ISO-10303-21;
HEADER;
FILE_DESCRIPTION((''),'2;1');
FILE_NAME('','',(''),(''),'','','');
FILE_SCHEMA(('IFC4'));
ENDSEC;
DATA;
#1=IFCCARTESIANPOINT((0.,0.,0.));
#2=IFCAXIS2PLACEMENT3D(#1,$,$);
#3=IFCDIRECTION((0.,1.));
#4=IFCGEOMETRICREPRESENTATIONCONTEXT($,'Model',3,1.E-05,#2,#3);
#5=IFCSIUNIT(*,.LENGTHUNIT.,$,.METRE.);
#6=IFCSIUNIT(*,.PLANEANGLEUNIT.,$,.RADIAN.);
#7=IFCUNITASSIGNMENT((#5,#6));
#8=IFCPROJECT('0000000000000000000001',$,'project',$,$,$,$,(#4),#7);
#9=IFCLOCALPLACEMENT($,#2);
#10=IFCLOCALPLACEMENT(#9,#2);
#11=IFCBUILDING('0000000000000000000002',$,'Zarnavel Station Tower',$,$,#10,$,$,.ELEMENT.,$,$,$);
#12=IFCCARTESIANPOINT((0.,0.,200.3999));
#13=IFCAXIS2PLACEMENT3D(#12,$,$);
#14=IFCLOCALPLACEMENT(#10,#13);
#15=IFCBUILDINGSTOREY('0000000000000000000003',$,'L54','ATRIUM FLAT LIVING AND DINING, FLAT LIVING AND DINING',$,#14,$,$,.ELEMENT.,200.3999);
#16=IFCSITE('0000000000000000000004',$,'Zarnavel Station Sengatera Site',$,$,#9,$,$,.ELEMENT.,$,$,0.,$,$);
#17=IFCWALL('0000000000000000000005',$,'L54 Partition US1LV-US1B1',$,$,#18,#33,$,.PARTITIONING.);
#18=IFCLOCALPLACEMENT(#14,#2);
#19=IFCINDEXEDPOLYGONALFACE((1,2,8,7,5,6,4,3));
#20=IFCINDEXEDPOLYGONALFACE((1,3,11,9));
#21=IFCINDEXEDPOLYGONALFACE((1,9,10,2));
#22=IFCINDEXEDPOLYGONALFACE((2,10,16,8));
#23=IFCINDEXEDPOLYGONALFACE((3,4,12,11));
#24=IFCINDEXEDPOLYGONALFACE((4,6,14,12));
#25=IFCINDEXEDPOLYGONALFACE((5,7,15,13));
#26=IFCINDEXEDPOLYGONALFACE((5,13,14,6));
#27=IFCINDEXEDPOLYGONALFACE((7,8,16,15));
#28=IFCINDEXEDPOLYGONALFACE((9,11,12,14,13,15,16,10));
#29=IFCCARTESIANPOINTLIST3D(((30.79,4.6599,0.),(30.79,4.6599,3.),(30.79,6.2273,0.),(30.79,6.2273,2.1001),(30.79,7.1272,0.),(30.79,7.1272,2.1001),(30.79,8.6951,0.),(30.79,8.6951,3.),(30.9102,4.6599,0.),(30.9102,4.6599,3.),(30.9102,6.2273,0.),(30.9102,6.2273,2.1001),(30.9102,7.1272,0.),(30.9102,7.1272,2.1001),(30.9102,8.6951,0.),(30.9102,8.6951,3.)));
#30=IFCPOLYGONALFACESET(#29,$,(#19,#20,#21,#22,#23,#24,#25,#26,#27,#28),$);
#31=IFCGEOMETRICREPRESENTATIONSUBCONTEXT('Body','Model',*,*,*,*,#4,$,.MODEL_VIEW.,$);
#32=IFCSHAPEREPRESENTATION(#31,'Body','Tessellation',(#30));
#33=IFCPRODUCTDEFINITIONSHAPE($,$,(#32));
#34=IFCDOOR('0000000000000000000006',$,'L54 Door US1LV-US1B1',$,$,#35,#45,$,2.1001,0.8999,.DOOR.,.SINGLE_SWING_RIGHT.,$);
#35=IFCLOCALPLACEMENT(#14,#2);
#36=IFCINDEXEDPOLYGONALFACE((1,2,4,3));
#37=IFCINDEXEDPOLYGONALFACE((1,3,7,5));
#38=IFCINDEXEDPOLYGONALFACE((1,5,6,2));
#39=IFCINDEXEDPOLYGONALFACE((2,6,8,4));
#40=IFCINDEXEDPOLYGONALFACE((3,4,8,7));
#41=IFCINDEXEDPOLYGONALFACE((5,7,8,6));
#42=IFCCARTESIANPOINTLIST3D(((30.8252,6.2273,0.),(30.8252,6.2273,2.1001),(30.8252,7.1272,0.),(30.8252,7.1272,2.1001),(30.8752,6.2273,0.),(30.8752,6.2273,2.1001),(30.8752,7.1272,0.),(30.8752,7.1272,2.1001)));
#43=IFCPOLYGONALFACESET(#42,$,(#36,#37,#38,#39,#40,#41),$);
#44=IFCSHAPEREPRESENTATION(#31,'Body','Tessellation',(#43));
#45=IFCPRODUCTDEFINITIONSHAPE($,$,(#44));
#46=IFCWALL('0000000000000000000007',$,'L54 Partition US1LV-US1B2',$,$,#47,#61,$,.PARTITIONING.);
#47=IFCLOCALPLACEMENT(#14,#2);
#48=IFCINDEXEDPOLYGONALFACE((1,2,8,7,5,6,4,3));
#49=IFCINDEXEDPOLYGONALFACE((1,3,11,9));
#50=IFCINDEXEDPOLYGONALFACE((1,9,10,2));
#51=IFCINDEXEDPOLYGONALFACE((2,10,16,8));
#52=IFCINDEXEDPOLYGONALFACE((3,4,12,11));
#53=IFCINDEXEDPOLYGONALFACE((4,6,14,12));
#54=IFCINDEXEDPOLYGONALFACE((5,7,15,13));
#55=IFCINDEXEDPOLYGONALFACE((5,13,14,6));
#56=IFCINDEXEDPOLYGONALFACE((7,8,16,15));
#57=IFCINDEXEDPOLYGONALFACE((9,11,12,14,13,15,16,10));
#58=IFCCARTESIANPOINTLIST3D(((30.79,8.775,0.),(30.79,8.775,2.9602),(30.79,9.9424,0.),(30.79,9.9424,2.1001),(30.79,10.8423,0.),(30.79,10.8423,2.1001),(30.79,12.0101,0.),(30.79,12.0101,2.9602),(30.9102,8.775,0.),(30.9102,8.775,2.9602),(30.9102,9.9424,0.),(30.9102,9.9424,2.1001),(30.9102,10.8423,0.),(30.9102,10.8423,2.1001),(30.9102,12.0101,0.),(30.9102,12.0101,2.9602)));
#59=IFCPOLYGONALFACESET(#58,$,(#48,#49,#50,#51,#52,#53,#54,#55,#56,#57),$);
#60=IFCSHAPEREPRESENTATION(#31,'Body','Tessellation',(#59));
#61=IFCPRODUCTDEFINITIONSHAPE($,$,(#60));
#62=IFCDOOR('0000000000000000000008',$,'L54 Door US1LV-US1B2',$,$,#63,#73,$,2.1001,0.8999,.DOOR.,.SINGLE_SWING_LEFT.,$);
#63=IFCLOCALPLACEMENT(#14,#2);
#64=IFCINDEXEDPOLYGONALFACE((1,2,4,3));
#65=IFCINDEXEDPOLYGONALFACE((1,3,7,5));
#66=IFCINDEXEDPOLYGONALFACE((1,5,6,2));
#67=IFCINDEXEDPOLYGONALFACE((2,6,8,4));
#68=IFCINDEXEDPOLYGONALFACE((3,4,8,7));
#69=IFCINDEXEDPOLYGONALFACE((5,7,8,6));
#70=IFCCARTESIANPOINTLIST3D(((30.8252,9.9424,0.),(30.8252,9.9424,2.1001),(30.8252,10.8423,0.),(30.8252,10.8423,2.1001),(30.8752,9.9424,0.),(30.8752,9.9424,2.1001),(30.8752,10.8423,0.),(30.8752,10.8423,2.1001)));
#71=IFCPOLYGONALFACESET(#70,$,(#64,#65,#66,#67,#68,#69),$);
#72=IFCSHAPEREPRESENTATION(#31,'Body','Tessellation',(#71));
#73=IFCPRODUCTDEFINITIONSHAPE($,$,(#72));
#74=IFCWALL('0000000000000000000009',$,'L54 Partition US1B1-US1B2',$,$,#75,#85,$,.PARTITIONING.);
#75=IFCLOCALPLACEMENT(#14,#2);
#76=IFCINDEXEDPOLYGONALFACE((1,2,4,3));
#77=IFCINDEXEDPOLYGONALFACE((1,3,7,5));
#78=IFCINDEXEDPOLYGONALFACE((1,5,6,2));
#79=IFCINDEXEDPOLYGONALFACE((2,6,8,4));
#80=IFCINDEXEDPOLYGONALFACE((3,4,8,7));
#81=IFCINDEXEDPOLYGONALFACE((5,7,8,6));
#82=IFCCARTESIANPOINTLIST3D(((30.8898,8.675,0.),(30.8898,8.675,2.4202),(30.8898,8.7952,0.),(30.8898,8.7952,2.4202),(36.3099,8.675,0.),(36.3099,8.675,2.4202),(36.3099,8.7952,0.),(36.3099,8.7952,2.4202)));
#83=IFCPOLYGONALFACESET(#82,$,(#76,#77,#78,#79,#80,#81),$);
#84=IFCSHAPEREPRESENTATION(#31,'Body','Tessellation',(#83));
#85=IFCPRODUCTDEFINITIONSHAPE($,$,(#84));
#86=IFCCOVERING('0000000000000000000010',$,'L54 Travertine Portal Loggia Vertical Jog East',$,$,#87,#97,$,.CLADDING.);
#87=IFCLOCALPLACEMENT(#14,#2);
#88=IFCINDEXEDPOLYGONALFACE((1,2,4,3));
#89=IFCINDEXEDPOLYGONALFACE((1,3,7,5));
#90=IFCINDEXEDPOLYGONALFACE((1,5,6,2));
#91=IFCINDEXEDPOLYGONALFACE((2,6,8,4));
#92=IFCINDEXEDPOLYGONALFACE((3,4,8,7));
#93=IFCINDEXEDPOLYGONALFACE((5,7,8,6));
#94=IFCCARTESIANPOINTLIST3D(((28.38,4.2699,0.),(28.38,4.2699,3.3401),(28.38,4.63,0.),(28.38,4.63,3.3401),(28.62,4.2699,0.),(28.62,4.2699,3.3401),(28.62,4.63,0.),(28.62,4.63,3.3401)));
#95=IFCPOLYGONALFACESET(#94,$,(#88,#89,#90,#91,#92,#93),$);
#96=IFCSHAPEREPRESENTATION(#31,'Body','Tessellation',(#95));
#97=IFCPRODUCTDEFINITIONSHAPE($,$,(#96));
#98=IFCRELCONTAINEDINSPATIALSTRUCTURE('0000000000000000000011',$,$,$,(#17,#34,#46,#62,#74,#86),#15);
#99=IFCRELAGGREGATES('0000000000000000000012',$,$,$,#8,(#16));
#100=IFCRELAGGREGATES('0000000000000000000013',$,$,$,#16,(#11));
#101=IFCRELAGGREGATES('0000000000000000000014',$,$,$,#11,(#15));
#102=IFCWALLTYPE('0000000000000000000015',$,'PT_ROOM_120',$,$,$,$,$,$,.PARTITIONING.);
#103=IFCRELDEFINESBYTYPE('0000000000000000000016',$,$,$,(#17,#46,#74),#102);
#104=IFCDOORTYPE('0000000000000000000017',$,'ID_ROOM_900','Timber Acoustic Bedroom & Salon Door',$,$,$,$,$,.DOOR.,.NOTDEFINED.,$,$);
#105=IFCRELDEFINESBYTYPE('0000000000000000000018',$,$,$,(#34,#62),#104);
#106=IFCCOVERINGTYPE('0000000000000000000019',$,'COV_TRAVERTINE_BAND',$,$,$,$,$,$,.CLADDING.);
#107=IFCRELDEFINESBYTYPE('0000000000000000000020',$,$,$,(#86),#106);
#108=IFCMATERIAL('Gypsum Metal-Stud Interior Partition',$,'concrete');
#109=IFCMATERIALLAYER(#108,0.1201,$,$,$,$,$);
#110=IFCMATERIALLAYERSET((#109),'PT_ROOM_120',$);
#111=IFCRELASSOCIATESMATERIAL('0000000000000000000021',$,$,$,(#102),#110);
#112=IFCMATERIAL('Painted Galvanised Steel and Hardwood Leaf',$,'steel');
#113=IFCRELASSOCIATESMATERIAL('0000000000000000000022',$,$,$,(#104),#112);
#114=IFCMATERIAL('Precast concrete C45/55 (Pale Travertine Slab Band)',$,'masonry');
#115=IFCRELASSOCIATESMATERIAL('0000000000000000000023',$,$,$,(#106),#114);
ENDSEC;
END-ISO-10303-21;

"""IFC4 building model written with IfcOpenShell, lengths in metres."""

from ifc_helpers import new_model, si_unit, direction, frame, frame_2d, origin, origin_2d, place, context, subcontext, project, spatial, rectangle, extrude, material, layer, layer_set, type_object, element, fill, save


model = new_model("IFC4")

# Units and contexts
model_context = context("Model", 3, precision=1e-05, world=origin(), true_north=direction((0.0, 1.0)))
body_context = subcontext(model_context, "Body", "Model", "MODEL_VIEW")
ifc_project = project(units=[si_unit("LENGTHUNIT", "METRE"), si_unit("PLANEANGLEUNIT", "RADIAN")], contexts=[model_context])

# Site, building, storey
site_placement = place(None, origin())
site = spatial("IfcSite", under=ifc_project, at=site_placement, Name="Zarnavel Station Sengatera Site", CompositionType="ELEMENT", RefElevation=0.0)
building_placement = place(site_placement, origin())
building = spatial("IfcBuilding", under=site, at=building_placement, Name="Zarnavel Station Tower", CompositionType="ELEMENT")
storey_placement = place(building_placement, frame((0.0, 0.0, 200.3999)))
storey = spatial("IfcBuildingStorey", under=building, at=storey_placement, Name="L54", Description="ATRIUM FLAT LIVING AND DINING, FLAT LIVING AND DINING", CompositionType="ELEMENT", Elevation=200.3999)

# Walls, openings, doors
ifc_material_1 = material(Name="Gypsum Metal-Stud Interior Partition", Category="concrete")
ifc_layer_1 = layer(ifc_material_1, 0.1201)
ifc_layer_set_1 = layer_set([ifc_layer_1], Name="PT_ROOM_120")
wall_type_1 = type_object("IfcWallType", Name="PT_ROOM_120", PredefinedType="PARTITIONING", material=ifc_layer_set_1)
wall_1_placement = place(storey_placement, frame((30.8501, 4.6599, 0.0), z_axis=(0.0, 0.0, 1.0), x_axis=(0.0, 1.0, 0.0)))
wall_1 = element("IfcWall", 1, at=wall_1_placement, inside=storey, type_object=wall_type_1, Name="L54 Partition US1LV-US1B1", PredefinedType="PARTITIONING", context=body_context, shape_type="SweptSolid", body=[
    extrude(rectangle(XDim=4.0352, YDim=0.1201, at=frame_2d((2.0176, 0.0))), origin(), (0.0, 0.0, 1.0), 3.0),
])
opening_1_placement = place(wall_1_placement, frame((1.5674, 0.0, 0.0)))
opening_1 = element("IfcOpeningElement", 2, at=opening_1_placement, cuts=wall_1, PredefinedType="OPENING", context=body_context, shape_type="SweptSolid", body=[
    extrude(rectangle(XDim=0.8999, YDim=2.1001, at=frame_2d((0.45, 1.05))), frame((0.0, 0.0701, 0.0), z_axis=(0.0, -1.0, 0.0), x_axis=(1.0, 0.0, 0.0)), (0.0, 0.0, 1.0), 0.1401),
])
ifc_material_2 = material(Name="Painted Galvanised Steel and Hardwood Leaf", Category="steel")
door_type = type_object("IfcDoorType", Name="ID_ROOM_900", Description="Timber Acoustic Bedroom & Salon Door", OperationType="NOTDEFINED", PredefinedType="DOOR", material=ifc_material_2)
door_1_placement = place(opening_1_placement, origin())
door_1 = element("IfcDoor", 3, at=door_1_placement, inside=storey, type_object=door_type, Name="L54 Door US1LV-US1B1", OperationType="SINGLE_SWING_RIGHT", OverallHeight=2.1001, OverallWidth=0.8999, PredefinedType="DOOR", context=body_context, shape_type="SweptSolid", body=[
    extrude(rectangle(XDim=0.8999, YDim=2.1001, at=frame_2d((0.45, 1.05))), frame((0.0, 0.0249, 0.0), z_axis=(0.0, -1.0, 0.0), x_axis=(1.0, 0.0, 0.0)), (0.0, 0.0, 1.0), 0.05),
])
fill(opening_1, door_1)
wall_2_placement = place(storey_placement, frame((30.8501, 8.7749, 0.0), z_axis=(0.0, 0.0, 1.0), x_axis=(0.0, 1.0, 0.0)))
wall_2 = element("IfcWall", 4, at=wall_2_placement, inside=storey, type_object=wall_type_1, Name="L54 Partition US1LV-US1B2", PredefinedType="PARTITIONING", context=body_context, shape_type="SweptSolid", body=[
    extrude(rectangle(XDim=3.2351, YDim=0.1201, at=frame_2d((1.6177, 0.0))), origin(), (0.0, 0.0, 1.0), 2.9602),
])
opening_2_placement = place(wall_2_placement, frame((1.1675, 0.0, 0.0)))
opening_2 = element("IfcOpeningElement", 5, at=opening_2_placement, cuts=wall_2, PredefinedType="OPENING", context=body_context, shape_type="SweptSolid", body=[
    extrude(rectangle(XDim=0.8999, YDim=2.1001, at=frame_2d((0.45, 1.05))), frame((0.0, 0.0701, 0.0), z_axis=(0.0, -1.0, 0.0), x_axis=(1.0, 0.0, 0.0)), (0.0, 0.0, 1.0), 0.1401),
])
door_2_placement = place(opening_2_placement, origin())
door_2 = element("IfcDoor", 6, at=door_2_placement, inside=storey, type_object=door_type, Name="L54 Door US1LV-US1B2", OperationType="SINGLE_SWING_LEFT", OverallHeight=2.1001, OverallWidth=0.8999, PredefinedType="DOOR", context=body_context, shape_type="SweptSolid", body=[
    extrude(rectangle(XDim=0.8999, YDim=2.1001, at=frame_2d((0.45, 1.05))), frame((0.0, 0.0249, 0.0), z_axis=(0.0, -1.0, 0.0), x_axis=(1.0, 0.0, 0.0)), (0.0, 0.0, 1.0), 0.05),
])
fill(opening_2, door_2)

# Wall
wall_3_placement = place(storey_placement, frame((30.8899, 8.7351, 0.0), z_axis=(0.0, 0.0, 1.0), x_axis=(1.0, 0.0, 0.0)))
element("IfcWall", 7, at=wall_3_placement, inside=storey, type_object=wall_type_1, Name="L54 Partition US1B1-US1B2", PredefinedType="PARTITIONING", context=body_context, shape_type="SweptSolid", body=[
    extrude(rectangle(XDim=5.4202, YDim=0.1201, at=frame_2d((2.71, 0.0))), origin(), (0.0, 0.0, 1.0), 2.4202),
])

# Covering
ifc_material_3 = material(Name="Precast concrete C45/55 (Pale Travertine Slab Band)", Category="masonry")
covering_type = type_object("IfcCoveringType", Name="COV_TRAVERTINE_BAND", PredefinedType="CLADDING", material=ifc_material_3)
covering_placement = place(storey_placement, frame((28.5, 4.45, 0.0), z_axis=(0.0, 0.0, 1.0), x_axis=(1.0, 0.0, 0.0)))
element("IfcCovering", 8, at=covering_placement, inside=storey, type_object=covering_type, Name="L54 Travertine Portal Loggia Vertical Jog East", PredefinedType="CLADDING", context=body_context, shape_type="SweptSolid", body=[
    extrude(rectangle(XDim=0.24, YDim=0.3601, at=origin_2d()), origin(), (0.0, 0.0, 1.0), 3.3401),
])

save(model, "model.ifc")
